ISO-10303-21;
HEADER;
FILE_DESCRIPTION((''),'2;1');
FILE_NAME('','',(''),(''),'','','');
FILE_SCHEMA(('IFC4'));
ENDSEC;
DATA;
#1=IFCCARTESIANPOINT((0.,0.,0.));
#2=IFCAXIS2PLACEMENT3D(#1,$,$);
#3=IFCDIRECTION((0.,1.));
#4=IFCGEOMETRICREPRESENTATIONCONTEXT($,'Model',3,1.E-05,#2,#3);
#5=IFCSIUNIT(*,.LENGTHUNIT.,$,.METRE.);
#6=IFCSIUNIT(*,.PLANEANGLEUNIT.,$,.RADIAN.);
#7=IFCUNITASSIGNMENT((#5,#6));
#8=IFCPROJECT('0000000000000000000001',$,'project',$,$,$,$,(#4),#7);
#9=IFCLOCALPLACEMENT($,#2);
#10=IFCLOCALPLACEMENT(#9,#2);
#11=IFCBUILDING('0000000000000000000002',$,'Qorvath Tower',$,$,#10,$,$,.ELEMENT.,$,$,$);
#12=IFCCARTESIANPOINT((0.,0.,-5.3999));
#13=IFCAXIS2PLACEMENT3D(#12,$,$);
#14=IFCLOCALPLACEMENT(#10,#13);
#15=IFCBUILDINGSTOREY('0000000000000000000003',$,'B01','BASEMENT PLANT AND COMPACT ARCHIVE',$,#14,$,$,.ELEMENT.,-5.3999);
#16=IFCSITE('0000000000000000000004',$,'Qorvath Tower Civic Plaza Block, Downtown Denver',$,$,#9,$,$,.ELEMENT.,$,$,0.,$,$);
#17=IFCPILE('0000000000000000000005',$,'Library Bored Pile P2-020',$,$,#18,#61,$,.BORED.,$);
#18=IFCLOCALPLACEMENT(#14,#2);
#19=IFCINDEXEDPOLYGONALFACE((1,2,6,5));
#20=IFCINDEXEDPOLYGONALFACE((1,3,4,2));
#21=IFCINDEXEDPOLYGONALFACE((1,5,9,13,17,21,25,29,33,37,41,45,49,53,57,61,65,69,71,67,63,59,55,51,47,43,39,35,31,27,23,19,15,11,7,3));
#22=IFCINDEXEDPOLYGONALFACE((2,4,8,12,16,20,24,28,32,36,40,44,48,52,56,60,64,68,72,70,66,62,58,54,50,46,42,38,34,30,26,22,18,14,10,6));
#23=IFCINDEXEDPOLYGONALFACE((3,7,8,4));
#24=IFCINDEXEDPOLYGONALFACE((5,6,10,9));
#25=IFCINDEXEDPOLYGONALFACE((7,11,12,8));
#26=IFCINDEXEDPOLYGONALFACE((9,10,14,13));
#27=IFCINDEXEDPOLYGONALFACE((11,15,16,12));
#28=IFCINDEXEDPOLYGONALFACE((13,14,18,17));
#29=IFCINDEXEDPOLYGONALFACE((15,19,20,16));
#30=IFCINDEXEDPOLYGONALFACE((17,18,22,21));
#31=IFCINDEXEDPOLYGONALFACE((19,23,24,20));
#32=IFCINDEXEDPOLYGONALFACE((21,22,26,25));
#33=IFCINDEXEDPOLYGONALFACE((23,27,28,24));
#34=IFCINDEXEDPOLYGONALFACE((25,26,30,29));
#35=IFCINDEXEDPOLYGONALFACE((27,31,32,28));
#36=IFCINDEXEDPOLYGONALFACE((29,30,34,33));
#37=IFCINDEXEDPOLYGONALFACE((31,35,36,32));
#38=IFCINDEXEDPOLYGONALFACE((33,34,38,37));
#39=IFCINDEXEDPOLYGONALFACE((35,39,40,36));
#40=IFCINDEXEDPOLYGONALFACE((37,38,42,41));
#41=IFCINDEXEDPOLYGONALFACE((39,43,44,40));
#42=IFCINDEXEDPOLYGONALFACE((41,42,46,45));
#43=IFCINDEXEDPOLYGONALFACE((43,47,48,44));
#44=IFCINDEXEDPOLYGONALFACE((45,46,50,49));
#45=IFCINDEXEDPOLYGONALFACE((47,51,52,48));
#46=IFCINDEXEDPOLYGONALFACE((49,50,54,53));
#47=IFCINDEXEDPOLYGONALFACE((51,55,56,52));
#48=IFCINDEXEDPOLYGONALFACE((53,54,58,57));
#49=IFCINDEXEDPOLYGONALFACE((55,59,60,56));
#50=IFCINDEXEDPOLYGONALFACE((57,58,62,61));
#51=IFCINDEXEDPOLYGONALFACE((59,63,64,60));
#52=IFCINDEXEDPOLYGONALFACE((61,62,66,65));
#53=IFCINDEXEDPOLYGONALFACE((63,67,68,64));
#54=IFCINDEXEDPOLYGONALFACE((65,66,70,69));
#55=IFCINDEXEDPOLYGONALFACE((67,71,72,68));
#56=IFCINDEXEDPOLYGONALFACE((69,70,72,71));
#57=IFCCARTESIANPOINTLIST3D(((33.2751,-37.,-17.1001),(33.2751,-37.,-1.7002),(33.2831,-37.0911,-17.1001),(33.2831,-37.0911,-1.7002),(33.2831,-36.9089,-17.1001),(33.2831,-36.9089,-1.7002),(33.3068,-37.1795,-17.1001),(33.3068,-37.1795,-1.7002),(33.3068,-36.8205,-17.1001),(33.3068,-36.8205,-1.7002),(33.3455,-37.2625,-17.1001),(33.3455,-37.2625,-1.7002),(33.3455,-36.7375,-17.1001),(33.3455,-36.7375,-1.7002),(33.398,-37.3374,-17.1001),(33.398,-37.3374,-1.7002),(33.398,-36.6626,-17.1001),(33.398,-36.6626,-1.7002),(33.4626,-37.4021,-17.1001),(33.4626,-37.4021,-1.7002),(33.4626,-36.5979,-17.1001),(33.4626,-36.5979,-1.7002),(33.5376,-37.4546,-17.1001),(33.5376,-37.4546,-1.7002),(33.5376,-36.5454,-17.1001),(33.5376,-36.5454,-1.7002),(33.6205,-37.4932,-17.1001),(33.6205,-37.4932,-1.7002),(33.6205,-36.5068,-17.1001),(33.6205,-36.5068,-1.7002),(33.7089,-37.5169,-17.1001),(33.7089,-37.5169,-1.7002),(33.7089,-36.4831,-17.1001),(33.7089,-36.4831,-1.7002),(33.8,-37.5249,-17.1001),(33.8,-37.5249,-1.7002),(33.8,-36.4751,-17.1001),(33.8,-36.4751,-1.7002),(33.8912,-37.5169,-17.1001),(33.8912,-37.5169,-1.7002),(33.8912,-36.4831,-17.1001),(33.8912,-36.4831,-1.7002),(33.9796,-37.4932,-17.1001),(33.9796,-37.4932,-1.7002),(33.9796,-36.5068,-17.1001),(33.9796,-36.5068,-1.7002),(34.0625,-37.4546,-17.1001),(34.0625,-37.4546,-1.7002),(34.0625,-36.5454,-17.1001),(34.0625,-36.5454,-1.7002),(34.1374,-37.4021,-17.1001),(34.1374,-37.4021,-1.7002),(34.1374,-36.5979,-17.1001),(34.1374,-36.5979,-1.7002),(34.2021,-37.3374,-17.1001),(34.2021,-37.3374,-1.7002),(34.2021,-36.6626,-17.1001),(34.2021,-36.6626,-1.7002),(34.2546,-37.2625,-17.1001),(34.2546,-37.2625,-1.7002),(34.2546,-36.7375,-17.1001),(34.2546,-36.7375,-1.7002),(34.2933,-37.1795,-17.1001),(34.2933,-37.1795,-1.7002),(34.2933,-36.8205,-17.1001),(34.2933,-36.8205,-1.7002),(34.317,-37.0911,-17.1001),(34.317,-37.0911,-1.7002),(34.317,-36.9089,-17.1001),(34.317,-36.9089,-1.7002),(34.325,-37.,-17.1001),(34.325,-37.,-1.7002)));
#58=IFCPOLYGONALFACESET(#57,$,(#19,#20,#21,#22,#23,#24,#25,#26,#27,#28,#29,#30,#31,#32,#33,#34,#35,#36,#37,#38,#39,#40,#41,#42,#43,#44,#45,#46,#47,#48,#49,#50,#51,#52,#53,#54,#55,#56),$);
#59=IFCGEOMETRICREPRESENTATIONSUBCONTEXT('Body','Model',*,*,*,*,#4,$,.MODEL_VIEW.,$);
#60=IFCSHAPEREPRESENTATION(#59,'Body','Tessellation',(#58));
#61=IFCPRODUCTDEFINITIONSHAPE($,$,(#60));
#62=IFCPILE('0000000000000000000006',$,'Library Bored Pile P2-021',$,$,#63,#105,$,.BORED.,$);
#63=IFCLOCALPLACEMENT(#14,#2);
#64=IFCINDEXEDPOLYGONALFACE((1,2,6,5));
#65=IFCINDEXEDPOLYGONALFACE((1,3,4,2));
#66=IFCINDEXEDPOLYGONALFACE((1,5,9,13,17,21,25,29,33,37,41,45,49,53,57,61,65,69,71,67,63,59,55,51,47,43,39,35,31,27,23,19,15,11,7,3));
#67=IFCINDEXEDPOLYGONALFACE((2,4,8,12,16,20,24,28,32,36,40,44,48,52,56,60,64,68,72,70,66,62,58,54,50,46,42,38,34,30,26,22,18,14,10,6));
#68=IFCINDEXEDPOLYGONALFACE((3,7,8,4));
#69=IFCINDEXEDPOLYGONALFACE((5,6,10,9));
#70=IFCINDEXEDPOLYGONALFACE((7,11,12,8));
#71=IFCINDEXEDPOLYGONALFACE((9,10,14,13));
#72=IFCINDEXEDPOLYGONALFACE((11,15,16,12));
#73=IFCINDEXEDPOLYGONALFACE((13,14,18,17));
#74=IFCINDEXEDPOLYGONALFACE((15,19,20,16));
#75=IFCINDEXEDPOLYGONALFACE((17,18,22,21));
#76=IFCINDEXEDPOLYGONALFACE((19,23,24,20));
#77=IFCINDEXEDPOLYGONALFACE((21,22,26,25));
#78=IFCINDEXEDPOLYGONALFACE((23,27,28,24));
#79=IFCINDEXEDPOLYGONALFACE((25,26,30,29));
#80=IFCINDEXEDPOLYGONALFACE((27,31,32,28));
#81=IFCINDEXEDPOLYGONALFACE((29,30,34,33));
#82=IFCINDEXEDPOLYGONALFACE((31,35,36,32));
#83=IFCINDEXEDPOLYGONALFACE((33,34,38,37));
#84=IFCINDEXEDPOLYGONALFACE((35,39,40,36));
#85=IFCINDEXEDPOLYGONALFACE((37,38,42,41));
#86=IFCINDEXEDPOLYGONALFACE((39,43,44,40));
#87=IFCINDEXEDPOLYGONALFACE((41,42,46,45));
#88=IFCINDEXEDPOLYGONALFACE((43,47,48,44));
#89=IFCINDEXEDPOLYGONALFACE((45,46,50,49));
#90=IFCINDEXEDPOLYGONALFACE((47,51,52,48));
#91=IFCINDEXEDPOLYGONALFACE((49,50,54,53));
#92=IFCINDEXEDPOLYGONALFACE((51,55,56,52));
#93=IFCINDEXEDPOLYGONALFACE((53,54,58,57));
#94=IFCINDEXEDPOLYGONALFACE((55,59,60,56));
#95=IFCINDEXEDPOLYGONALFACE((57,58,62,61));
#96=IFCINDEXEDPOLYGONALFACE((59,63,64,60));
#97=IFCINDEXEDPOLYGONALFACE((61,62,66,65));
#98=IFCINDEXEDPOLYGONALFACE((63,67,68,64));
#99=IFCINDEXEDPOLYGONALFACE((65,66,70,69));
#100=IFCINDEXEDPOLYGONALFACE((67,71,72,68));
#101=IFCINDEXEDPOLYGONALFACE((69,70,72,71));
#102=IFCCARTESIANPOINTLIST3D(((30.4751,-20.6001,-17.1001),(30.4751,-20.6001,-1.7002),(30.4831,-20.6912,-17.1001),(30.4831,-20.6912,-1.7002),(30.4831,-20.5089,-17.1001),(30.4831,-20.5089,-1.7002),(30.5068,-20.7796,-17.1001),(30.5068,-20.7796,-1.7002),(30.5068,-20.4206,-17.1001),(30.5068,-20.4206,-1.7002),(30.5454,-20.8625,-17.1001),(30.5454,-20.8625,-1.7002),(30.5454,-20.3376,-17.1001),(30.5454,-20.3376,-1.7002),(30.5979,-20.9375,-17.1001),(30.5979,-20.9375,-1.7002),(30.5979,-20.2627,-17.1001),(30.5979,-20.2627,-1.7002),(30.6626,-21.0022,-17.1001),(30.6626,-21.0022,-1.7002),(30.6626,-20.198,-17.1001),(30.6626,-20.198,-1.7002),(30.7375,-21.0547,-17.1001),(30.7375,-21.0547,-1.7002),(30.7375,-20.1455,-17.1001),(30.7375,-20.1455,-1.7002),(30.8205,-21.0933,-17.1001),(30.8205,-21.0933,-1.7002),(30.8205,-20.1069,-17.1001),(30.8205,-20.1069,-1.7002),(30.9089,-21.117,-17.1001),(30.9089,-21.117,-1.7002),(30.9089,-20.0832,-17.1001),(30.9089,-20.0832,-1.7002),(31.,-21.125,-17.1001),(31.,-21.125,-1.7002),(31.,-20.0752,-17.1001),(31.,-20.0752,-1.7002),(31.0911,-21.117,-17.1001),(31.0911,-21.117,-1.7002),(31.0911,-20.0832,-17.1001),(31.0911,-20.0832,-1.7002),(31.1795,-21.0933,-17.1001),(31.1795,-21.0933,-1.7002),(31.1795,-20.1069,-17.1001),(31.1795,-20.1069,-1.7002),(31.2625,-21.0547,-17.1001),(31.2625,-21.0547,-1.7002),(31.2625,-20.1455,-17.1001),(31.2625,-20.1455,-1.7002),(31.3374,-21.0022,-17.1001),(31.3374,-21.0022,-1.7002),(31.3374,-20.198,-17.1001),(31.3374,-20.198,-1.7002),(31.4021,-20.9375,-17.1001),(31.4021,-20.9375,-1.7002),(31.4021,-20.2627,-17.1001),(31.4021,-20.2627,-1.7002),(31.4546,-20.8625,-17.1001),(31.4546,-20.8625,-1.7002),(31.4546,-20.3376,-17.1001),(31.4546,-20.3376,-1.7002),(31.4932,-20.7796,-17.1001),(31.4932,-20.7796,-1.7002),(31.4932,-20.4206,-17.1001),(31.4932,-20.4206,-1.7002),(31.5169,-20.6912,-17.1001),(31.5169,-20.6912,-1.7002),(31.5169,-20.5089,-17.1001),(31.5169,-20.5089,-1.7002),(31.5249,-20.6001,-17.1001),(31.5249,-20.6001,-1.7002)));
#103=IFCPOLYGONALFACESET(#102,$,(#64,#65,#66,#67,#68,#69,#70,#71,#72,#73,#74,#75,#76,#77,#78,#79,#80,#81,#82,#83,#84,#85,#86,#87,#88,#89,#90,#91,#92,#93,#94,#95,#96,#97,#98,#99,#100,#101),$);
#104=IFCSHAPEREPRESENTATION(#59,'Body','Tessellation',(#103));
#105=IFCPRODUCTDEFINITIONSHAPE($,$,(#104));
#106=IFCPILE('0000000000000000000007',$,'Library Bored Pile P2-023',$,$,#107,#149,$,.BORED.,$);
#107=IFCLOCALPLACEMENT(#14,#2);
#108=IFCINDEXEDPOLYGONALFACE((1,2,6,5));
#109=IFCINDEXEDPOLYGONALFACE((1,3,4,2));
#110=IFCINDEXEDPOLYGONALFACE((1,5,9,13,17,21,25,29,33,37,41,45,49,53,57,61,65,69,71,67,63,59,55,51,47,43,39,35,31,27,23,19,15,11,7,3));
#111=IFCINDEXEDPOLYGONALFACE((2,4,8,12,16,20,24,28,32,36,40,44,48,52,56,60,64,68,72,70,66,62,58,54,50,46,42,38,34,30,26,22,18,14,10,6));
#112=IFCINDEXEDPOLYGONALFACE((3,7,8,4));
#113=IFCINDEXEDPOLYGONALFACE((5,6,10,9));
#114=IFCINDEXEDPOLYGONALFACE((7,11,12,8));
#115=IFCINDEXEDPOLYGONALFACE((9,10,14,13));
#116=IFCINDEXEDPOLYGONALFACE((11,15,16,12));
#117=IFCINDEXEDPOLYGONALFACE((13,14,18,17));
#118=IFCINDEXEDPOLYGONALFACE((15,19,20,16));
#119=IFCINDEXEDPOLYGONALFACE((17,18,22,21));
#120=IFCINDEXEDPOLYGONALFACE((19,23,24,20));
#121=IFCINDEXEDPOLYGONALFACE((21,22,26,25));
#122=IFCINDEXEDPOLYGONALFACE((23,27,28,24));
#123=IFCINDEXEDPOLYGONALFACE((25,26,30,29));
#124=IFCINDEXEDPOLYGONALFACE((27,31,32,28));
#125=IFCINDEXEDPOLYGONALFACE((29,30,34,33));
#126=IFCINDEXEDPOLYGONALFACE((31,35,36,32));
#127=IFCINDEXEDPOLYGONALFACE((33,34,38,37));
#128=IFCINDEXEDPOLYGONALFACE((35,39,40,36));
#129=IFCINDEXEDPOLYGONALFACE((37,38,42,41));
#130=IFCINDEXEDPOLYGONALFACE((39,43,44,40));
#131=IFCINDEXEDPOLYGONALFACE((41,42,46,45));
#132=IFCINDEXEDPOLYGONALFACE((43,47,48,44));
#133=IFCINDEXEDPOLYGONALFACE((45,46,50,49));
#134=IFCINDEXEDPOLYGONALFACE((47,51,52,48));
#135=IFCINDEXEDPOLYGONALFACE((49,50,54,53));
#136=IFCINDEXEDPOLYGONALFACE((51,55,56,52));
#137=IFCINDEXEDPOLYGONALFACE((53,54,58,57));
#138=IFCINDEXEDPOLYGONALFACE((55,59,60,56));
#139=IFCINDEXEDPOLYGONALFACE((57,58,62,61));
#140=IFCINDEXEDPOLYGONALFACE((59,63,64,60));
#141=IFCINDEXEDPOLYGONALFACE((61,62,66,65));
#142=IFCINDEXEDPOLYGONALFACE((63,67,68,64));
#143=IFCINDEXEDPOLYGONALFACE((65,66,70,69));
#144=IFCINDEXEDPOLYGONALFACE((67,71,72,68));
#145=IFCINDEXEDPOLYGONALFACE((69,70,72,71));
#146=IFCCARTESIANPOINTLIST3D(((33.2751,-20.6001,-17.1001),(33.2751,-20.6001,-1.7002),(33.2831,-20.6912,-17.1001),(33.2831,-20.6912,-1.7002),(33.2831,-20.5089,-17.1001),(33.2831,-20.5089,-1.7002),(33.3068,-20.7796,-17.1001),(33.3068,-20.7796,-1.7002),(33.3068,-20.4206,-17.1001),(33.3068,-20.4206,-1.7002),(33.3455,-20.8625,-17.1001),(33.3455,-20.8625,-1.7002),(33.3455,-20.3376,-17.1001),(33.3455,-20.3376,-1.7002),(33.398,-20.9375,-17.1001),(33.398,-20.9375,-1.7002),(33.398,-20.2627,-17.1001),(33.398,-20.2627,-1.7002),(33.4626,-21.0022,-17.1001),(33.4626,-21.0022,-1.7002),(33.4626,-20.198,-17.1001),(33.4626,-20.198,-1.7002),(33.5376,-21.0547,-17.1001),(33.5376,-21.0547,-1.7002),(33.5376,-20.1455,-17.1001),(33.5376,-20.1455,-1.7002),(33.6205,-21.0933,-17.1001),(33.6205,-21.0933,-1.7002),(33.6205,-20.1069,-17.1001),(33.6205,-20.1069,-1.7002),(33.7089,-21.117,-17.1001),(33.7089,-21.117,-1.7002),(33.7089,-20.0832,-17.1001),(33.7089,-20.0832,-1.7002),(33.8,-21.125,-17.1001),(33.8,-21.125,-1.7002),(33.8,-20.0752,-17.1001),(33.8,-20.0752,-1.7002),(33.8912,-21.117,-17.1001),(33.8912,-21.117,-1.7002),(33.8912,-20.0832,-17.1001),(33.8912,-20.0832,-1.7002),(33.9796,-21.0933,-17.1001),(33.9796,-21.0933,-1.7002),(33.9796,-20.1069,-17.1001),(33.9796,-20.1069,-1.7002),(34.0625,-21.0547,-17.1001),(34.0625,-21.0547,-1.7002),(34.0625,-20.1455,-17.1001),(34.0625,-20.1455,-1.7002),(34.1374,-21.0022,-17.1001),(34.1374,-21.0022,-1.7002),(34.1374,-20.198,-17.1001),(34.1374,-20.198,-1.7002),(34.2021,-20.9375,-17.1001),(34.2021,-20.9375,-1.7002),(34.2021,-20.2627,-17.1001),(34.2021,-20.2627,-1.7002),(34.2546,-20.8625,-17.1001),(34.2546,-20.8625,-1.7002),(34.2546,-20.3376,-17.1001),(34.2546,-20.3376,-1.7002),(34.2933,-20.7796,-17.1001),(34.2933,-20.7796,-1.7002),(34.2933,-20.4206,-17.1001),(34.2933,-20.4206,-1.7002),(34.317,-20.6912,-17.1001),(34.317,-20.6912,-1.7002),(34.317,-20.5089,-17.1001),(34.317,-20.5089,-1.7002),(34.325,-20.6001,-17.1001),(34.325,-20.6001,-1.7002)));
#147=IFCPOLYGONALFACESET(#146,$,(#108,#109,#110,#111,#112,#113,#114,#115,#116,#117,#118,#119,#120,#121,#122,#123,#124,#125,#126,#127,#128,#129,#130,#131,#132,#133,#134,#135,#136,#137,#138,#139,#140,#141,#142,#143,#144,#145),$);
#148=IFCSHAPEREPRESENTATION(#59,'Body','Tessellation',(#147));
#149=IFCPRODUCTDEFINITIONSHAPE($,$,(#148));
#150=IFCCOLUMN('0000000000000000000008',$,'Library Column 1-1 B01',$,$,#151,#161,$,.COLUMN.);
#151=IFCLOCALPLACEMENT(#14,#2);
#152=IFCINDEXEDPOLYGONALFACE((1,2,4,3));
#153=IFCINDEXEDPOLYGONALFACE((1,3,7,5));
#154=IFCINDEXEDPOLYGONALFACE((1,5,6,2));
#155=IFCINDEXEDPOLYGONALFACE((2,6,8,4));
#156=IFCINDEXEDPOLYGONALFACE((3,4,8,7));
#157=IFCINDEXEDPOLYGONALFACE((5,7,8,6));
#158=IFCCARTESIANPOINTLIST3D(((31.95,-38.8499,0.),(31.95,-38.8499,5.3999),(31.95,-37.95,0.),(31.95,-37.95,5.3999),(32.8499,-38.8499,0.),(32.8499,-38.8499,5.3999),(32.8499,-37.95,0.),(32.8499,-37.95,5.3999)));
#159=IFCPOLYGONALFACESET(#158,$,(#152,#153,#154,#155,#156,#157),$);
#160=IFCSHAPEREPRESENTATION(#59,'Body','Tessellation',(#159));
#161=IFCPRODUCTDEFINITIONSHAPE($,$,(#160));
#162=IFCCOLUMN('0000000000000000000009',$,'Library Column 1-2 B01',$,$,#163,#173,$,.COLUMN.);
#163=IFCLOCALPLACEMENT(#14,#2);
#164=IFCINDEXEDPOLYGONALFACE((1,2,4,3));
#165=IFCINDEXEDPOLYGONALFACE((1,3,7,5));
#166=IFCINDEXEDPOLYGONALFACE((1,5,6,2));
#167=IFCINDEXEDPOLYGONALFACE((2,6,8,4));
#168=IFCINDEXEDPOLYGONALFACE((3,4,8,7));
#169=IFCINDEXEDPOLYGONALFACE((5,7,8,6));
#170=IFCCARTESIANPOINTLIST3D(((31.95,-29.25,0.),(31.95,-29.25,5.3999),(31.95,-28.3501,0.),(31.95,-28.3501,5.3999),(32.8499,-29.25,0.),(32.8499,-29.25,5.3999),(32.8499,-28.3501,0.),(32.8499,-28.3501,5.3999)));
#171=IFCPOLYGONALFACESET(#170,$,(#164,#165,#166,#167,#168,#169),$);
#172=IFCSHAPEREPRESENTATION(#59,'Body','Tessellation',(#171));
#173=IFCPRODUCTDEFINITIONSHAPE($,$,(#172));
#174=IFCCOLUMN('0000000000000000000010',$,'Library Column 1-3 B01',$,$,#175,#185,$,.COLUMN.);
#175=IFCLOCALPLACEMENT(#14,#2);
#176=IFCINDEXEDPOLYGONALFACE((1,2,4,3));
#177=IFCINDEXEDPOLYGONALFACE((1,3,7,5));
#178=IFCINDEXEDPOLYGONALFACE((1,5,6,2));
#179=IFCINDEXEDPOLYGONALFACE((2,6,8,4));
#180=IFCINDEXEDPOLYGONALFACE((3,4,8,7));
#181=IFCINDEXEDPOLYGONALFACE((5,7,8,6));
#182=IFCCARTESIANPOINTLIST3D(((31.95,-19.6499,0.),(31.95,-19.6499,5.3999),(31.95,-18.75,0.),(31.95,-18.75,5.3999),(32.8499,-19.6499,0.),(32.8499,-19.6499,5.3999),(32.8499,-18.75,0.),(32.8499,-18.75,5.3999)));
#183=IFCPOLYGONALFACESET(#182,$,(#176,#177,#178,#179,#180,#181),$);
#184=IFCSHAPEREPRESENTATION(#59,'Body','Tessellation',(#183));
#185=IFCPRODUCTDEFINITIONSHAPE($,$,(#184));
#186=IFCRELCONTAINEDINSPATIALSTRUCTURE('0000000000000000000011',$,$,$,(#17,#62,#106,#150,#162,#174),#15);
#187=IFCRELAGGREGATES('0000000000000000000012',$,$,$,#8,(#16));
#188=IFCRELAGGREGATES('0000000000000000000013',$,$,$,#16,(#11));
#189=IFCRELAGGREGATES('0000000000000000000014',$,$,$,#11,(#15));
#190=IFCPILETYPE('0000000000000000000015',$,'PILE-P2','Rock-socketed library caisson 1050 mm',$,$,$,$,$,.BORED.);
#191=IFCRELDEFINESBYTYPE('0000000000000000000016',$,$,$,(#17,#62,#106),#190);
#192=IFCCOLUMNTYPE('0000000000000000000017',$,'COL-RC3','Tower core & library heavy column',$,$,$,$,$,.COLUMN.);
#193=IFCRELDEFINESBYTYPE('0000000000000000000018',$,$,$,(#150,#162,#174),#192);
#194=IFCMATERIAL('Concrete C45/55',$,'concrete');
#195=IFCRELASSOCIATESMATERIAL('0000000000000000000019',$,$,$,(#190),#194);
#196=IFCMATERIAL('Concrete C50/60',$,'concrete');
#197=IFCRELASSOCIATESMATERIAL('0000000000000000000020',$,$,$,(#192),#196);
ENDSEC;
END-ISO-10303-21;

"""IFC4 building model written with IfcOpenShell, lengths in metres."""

from ifc_helpers import new_model, si_unit, direction, frame, origin, origin_2d, place, context, subcontext, project, spatial, rectangle, circle, extrude, material, material_profile, profile_set, type_object, element, save


model = new_model("IFC4")

# Units and contexts
model_context = context("Model", 3, precision=1e-05, world=origin(), true_north=direction((0.0, 1.0)))
body_context = subcontext(model_context, "Body", "Model", "MODEL_VIEW")
ifc_project = project(units=[si_unit("LENGTHUNIT", "METRE"), si_unit("PLANEANGLEUNIT", "RADIAN")], contexts=[model_context])

# Site, building, storey
site_placement = place(None, origin())
site = spatial("IfcSite", under=ifc_project, at=site_placement, Name="Qorvath Tower Civic Plaza Block, Downtown Denver", CompositionType="ELEMENT", RefElevation=0.0)
building_placement = place(site_placement, origin())
building = spatial("IfcBuilding", under=site, at=building_placement, Name="Qorvath Tower", CompositionType="ELEMENT")
storey_placement = place(building_placement, frame((0.0, 0.0, -5.3999)))
storey = spatial("IfcBuildingStorey", under=building, at=storey_placement, Name="B01", Description="BASEMENT PLANT AND COMPACT ARCHIVE", CompositionType="ELEMENT", Elevation=-5.3999)

# Piles
ifc_material_1 = material(Name="Concrete C45/55", Category="concrete")
ifc_material_profile_1 = material_profile(ifc_material_1, circle(Radius=0.5249, at=origin_2d()), Name="BORED PILE 1050")
ifc_profile_set_1 = profile_set([ifc_material_profile_1], Name="Concrete C45/55")
pile_type_1 = type_object("IfcPileType", Name="PILE-P2", Description="Rock-socketed library caisson 1050 mm", PredefinedType="BORED", material=ifc_profile_set_1)
for number, where, z_axis, x_axis, name in (
    (1, (33.8, -37.0, -1.7002), (0.0, 0.0, -1.0), (1.0, 0.0, 0.0), "Library Bored Pile P2-020"),
    (2, (31.0, -20.6001, -1.7002), (0.0, 0.0, -1.0), (1.0, 0.0, 0.0), "Library Bored Pile P2-021"),
    (3, (33.8, -20.6001, -1.7002), (0.0, 0.0, -1.0), (1.0, 0.0, 0.0), "Library Bored Pile P2-023"),
):
    element("IfcPile", number, at=place(storey_placement, frame(where, z_axis=z_axis, x_axis=x_axis)), inside=storey, type_object=pile_type_1, Name=name, PredefinedType="BORED", context=body_context, shape_type="SweptSolid", body=[
        extrude(circle(Radius=0.5249, at=origin_2d()), origin(), (0.0, 0.0, 1.0), 15.3999),
    ])

# Columns
ifc_material_2 = material(Name="Concrete C50/60", Category="concrete")
ifc_material_profile_2 = material_profile(ifc_material_2, rectangle(XDim=0.8999, YDim=0.8999, at=origin_2d()), Name="RC 900x900")
ifc_profile_set_2 = profile_set([ifc_material_profile_2], Name="Concrete C50/60")
column_type_1 = type_object("IfcColumnType", Name="COL-RC3", Description="Tower core & library heavy column", PredefinedType="COLUMN", material=ifc_profile_set_2)
for number, where, z_axis, x_axis, name in (
    (4, (32.3999, -38.3999, 0.0), (0.0, 0.0, 1.0), (1.0, 0.0, 0.0), "Library Column 1-1 B01"),
    (5, (32.3999, -28.8, 0.0), (0.0, 0.0, 1.0), (1.0, 0.0, 0.0), "Library Column 1-2 B01"),
    (6, (32.3999, -19.2, 0.0), (0.0, 0.0, 1.0), (1.0, 0.0, 0.0), "Library Column 1-3 B01"),
):
    element("IfcColumn", number, at=place(storey_placement, frame(where, z_axis=z_axis, x_axis=x_axis)), inside=storey, type_object=column_type_1, Name=name, PredefinedType="COLUMN", context=body_context, shape_type="SweptSolid", body=[
        extrude(rectangle(XDim=0.8999, YDim=0.8999, at=origin_2d()), origin(), (0.0, 0.0, 1.0), 5.3999),
    ])

save(model, "model.ifc")
